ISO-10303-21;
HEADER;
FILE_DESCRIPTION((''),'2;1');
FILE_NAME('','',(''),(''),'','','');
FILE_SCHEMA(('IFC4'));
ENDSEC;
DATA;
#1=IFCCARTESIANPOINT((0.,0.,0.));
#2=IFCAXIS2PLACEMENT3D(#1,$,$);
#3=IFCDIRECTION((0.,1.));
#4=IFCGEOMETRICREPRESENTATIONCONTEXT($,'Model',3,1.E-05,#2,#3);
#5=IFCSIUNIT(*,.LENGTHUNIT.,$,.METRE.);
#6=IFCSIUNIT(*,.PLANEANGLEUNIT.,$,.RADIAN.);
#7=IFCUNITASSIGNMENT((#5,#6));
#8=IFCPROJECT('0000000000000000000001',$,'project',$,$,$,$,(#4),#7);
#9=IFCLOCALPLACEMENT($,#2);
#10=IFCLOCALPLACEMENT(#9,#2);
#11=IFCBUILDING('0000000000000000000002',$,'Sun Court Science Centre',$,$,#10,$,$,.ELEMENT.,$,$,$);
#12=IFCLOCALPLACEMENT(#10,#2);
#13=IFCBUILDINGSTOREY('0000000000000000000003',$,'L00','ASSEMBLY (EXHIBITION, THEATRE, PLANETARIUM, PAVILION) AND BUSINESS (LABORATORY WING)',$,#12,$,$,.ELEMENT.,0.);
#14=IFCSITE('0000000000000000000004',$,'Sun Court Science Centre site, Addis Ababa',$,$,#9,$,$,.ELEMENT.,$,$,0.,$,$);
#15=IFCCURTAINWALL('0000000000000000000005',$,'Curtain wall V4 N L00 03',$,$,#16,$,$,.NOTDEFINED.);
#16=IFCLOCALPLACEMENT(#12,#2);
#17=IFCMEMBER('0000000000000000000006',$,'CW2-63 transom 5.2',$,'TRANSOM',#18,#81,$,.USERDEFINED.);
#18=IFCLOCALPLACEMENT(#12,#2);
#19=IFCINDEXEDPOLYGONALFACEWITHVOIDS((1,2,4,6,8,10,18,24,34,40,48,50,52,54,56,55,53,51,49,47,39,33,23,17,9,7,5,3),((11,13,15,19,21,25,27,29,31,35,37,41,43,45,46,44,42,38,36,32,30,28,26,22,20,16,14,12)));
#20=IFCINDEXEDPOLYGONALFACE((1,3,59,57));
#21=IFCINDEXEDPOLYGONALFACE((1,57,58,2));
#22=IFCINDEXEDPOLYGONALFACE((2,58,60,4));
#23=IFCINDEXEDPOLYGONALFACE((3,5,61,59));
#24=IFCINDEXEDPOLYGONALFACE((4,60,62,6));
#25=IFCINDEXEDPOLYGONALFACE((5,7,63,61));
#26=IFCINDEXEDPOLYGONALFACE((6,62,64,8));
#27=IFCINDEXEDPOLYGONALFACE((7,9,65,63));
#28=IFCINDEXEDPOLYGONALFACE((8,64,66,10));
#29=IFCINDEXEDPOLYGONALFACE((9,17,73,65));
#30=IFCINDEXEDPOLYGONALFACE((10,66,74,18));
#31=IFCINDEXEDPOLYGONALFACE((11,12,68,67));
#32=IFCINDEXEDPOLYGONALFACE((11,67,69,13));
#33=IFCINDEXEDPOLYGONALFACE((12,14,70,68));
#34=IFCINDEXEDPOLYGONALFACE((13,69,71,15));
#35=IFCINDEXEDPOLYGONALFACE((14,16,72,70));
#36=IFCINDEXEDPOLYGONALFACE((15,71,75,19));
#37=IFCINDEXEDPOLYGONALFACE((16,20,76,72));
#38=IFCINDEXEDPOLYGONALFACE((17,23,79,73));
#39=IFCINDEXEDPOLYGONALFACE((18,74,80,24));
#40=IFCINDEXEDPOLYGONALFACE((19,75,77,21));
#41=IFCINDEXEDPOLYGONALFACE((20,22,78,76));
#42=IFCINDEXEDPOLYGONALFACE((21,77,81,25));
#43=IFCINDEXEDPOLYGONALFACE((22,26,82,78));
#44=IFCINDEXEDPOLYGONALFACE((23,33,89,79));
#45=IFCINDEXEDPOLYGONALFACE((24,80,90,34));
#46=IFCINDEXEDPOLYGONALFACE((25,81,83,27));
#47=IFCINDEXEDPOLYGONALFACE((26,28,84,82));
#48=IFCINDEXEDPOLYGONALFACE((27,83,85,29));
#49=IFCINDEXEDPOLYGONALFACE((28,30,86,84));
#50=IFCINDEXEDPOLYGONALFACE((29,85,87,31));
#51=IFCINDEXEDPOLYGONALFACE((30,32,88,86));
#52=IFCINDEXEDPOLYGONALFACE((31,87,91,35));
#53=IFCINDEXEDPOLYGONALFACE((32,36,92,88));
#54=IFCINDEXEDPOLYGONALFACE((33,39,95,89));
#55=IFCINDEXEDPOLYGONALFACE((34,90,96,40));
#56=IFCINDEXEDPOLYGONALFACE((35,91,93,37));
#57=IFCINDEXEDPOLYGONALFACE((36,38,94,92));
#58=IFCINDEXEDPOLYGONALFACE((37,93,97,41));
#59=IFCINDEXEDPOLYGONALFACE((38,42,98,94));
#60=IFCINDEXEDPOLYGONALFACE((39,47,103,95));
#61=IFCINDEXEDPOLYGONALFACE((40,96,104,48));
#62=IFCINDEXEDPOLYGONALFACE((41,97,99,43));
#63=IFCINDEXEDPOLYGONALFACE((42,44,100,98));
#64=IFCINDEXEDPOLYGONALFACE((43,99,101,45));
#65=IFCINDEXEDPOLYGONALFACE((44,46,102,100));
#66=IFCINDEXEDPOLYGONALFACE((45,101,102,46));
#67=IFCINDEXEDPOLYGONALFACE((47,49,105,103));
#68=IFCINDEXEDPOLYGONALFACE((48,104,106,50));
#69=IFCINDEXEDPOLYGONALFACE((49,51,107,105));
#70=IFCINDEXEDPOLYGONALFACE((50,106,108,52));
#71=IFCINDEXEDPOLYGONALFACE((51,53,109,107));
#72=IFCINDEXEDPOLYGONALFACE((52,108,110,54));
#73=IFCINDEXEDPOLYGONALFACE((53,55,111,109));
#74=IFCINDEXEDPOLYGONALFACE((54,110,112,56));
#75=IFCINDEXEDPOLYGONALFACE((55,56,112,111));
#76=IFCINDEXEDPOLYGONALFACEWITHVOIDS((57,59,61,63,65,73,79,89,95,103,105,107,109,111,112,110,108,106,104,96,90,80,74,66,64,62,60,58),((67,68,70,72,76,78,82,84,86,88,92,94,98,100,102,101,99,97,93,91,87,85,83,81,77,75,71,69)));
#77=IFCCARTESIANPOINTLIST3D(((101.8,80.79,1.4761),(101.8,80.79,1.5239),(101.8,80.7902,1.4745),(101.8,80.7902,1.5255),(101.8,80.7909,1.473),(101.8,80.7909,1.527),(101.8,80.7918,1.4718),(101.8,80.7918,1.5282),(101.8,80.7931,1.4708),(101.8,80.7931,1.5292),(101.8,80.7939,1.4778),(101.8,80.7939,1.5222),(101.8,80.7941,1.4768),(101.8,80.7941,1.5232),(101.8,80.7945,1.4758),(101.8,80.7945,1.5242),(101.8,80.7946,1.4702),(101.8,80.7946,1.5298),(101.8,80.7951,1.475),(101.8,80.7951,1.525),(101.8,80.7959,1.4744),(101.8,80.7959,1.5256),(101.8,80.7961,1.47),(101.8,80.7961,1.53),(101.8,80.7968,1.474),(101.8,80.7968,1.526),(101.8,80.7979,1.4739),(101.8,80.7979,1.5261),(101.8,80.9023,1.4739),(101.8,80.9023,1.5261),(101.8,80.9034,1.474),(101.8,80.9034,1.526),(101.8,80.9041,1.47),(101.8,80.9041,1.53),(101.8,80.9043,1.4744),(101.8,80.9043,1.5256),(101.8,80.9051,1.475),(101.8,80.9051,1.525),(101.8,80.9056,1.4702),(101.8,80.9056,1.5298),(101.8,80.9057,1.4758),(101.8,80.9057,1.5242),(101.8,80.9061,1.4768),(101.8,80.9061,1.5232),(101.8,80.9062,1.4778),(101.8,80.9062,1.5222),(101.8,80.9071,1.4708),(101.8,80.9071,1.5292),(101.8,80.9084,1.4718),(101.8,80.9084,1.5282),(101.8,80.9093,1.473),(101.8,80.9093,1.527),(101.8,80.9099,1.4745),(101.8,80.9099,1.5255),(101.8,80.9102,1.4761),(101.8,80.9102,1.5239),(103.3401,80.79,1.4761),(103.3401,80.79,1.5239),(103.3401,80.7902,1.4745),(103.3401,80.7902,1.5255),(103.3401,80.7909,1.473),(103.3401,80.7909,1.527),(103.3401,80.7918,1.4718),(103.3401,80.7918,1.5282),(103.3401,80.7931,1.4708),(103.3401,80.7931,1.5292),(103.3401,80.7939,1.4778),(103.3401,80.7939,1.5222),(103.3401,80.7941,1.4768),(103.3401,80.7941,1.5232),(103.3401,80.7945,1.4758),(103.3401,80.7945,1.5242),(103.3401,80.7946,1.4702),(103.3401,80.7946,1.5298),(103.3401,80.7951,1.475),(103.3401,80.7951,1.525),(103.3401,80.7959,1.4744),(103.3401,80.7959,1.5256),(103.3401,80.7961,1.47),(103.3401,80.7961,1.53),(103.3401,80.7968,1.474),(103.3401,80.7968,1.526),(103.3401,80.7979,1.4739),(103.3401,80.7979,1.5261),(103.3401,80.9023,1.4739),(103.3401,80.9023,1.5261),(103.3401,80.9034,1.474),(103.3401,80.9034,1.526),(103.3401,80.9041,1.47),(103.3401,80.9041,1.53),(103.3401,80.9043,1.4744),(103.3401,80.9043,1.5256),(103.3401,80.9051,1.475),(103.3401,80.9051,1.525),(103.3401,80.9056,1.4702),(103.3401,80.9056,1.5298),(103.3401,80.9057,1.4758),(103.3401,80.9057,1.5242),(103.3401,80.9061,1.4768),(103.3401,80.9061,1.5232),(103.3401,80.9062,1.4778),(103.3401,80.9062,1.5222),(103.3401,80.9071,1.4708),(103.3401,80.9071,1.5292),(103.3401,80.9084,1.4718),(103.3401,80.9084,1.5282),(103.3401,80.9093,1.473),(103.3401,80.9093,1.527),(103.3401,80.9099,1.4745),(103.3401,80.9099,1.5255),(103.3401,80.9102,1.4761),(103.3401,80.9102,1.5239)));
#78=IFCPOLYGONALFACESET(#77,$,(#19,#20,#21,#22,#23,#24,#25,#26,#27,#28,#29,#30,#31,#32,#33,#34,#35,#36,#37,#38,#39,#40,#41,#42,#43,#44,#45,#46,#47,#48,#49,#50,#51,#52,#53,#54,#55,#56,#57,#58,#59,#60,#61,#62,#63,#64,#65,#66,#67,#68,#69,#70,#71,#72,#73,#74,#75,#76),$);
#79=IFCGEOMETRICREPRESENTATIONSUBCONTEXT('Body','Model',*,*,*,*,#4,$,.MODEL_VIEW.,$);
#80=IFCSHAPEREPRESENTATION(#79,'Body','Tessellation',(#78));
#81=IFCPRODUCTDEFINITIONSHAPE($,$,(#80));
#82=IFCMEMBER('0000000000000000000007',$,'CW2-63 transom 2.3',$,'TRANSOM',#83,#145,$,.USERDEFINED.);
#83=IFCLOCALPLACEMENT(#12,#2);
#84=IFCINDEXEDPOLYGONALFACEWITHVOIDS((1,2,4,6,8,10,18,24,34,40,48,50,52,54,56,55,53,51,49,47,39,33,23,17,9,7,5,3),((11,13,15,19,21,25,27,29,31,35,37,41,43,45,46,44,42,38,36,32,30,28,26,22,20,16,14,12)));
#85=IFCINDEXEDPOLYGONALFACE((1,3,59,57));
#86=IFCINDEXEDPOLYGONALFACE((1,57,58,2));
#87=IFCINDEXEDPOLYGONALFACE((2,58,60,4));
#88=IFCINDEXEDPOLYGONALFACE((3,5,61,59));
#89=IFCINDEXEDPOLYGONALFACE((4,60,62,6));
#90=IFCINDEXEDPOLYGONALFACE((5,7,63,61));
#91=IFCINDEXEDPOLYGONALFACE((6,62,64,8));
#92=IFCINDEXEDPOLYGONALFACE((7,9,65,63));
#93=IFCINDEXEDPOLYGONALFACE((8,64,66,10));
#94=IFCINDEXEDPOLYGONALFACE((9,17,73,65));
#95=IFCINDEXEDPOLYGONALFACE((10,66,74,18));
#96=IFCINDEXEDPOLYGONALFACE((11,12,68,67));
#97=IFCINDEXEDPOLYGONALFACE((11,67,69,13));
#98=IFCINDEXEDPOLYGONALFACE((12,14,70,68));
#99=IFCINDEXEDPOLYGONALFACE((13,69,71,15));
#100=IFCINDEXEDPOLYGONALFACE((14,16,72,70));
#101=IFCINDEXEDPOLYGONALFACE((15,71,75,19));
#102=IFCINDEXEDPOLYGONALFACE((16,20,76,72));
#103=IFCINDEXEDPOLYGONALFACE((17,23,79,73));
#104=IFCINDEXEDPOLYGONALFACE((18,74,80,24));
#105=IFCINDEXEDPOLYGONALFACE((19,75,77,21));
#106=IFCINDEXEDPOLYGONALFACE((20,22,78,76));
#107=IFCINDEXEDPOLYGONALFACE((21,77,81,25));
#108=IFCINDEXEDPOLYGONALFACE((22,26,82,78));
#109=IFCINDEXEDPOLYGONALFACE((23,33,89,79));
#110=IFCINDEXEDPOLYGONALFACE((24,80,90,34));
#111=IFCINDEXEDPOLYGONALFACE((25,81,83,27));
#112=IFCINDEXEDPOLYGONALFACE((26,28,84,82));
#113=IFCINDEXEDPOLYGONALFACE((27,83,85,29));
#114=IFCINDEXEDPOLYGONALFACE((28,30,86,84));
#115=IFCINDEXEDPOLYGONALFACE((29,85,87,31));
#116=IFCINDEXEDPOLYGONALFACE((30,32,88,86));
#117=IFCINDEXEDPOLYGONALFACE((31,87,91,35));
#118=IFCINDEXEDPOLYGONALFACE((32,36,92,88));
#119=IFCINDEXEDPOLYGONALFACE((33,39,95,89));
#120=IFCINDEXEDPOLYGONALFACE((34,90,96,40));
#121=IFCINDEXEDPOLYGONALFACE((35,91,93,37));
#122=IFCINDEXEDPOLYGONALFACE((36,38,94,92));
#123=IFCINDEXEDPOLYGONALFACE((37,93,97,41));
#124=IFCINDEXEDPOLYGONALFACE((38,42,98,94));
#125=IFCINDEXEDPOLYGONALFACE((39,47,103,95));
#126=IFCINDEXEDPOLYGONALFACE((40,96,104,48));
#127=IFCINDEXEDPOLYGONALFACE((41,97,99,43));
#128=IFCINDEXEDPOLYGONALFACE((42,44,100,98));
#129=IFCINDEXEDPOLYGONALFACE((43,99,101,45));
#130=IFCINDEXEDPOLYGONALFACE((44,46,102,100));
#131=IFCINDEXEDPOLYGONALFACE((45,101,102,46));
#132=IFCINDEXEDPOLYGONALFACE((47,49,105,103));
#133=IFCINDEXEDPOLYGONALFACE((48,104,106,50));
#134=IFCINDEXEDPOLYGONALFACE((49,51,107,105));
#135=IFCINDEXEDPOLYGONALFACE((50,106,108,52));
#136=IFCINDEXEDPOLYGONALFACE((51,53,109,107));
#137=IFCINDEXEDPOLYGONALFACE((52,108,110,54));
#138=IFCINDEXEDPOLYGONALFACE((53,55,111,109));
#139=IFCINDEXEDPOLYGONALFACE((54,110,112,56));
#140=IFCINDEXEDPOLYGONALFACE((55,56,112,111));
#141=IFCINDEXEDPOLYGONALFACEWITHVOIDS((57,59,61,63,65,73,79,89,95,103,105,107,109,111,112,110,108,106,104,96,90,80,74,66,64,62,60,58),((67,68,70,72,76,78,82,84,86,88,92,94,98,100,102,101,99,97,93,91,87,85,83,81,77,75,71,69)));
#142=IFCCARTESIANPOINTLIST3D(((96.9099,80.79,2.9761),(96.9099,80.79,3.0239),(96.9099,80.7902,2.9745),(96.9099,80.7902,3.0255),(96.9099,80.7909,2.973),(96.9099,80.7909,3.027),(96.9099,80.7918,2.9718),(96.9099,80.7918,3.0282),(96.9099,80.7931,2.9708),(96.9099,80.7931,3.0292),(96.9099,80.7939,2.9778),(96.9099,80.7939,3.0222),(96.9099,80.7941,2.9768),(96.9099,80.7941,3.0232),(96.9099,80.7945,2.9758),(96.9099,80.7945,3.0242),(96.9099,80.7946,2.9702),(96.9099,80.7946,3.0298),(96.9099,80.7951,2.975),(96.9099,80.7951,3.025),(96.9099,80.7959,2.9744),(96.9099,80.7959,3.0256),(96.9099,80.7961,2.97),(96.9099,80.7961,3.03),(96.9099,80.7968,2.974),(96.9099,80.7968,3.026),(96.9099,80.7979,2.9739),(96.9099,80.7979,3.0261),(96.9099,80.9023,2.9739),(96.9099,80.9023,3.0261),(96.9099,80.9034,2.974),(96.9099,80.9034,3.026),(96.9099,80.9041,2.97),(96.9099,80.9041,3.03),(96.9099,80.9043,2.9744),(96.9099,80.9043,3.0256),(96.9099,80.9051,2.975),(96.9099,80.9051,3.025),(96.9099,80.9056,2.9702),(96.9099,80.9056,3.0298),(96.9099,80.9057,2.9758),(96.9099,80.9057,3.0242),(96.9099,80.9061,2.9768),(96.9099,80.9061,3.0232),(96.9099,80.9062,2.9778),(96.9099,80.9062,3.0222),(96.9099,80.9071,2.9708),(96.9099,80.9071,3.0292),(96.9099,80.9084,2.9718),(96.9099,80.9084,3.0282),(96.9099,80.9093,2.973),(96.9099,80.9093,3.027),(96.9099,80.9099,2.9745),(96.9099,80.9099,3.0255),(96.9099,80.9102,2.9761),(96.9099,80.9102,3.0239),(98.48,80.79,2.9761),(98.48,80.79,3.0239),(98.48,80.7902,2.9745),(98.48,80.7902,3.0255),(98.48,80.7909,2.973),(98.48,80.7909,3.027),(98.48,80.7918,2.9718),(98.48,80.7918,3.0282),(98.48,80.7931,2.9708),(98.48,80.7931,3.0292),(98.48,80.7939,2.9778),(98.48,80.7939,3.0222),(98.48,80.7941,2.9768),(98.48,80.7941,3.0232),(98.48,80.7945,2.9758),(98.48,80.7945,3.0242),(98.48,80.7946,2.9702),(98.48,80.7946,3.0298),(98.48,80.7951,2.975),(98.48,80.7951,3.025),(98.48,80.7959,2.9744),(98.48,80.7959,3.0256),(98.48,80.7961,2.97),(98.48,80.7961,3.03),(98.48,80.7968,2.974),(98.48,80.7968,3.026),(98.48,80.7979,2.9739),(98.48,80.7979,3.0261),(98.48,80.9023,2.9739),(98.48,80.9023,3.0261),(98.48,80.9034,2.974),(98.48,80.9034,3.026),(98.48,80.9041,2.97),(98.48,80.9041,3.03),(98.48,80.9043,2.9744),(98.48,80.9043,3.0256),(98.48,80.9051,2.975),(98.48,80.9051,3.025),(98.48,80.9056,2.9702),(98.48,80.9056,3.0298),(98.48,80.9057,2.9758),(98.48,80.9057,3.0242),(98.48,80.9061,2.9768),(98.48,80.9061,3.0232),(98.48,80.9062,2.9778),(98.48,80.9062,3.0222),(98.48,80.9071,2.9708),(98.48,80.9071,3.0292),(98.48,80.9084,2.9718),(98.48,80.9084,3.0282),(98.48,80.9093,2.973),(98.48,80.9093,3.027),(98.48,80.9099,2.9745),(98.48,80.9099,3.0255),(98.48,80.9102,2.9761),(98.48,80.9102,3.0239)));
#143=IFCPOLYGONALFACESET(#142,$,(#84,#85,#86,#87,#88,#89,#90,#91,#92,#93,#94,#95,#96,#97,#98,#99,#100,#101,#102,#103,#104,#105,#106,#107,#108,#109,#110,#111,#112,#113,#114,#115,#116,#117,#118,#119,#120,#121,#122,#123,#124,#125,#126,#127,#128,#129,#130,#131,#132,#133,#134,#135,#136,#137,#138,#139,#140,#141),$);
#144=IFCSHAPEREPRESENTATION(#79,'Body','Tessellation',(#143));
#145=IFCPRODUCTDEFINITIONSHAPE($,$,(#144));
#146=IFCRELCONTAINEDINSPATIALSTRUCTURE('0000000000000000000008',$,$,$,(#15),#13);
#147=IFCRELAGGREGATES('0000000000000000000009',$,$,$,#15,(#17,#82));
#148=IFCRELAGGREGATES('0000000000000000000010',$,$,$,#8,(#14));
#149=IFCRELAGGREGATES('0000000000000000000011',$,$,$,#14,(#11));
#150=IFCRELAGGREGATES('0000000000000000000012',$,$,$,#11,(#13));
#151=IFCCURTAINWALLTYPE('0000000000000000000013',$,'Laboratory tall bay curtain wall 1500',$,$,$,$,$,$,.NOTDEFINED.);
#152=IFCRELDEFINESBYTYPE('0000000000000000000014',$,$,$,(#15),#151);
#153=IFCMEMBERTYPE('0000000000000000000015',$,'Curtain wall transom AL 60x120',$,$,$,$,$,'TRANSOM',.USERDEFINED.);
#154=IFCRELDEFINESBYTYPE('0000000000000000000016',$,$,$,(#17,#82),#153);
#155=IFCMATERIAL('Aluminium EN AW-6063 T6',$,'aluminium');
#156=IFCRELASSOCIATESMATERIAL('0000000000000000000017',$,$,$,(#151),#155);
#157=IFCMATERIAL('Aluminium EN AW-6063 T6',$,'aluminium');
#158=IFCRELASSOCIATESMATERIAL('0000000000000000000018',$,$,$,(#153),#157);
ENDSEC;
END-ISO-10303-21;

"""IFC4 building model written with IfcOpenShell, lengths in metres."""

from ifc_helpers import new_model, si_unit, direction, frame, origin, origin_2d, place, context, subcontext, project, spatial, hollow_rectangle, extrude, material, material_profile, profile_set, type_object, element, aggregate, save


model = new_model("IFC4")

# Units and contexts
model_context = context("Model", 3, precision=1e-05, world=origin(), true_north=direction((0.0, 1.0)))
body_context = subcontext(model_context, "Body", "Model", "MODEL_VIEW")
ifc_project = project(units=[si_unit("LENGTHUNIT", "METRE"), si_unit("PLANEANGLEUNIT", "RADIAN")], contexts=[model_context])

# Site, building, storey
site_placement = place(None, origin())
site = spatial("IfcSite", under=ifc_project, at=site_placement, Name="Sun Court Science Centre site, Addis Ababa", CompositionType="ELEMENT", RefElevation=0.0)
building_placement = place(site_placement, origin())
building = spatial("IfcBuilding", under=site, at=building_placement, Name="Sun Court Science Centre", CompositionType="ELEMENT")
storey_placement = place(building_placement, origin())
storey = spatial("IfcBuildingStorey", under=building, at=storey_placement, Name="L00", Description="ASSEMBLY (EXHIBITION, THEATRE, PLANETARIUM, PAVILION) AND BUSINESS (LABORATORY WING)", CompositionType="ELEMENT", Elevation=0.0)

# Curtain wall, members
ifc_material_1 = material(Name="Aluminium EN AW-6063 T6", Category="aluminium")
curtain_wall_type = type_object("IfcCurtainWallType", Name="Laboratory tall bay curtain wall 1500", PredefinedType="NOTDEFINED", material=ifc_material_1)
curtain_wall_placement = place(storey_placement, origin())
curtain_wall = element("IfcCurtainWall", 1, at=curtain_wall_placement, inside=storey, type_object=curtain_wall_type, Name="Curtain wall V4 N L00 03", PredefinedType="NOTDEFINED")
ifc_material_2 = material(Name="Aluminium EN AW-6063 T6", Category="aluminium")
ifc_material_profile_1 = material_profile(ifc_material_2, hollow_rectangle(XDim=0.0601, YDim=0.1201, WallThickness=0.0039, InnerFilletRadius=0.0039, OuterFilletRadius=0.0061, at=origin_2d()), Name="AL 60x120x4")
ifc_profile_set_1 = profile_set([ifc_material_profile_1], Name="Aluminium EN AW-6063 T6")
member_type_1 = type_object("IfcMemberType", Name="Curtain wall transom AL 60x120", ElementType="TRANSOM", PredefinedType="USERDEFINED", material=ifc_profile_set_1)
member_1_placement = place(storey_placement, frame((101.8, 80.8501, 1.5), z_axis=(1.0, 0.0, 0.0), x_axis=(0.0, 0.0, 1.0)))
member_1 = element("IfcMember", 2, at=member_1_placement, type_object=member_type_1, Name="CW2-63 transom 5.2", ObjectType="TRANSOM", PredefinedType="USERDEFINED", context=body_context, shape_type="SweptSolid", body=[
    extrude(hollow_rectangle(XDim=0.0601, YDim=0.1201, WallThickness=0.0039, InnerFilletRadius=0.0039, OuterFilletRadius=0.0061, at=origin_2d()), origin(), (0.0, 0.0, 1.0), 1.54),
])
member_2_placement = place(storey_placement, frame((96.9099, 80.8501, 3.0), z_axis=(1.0, 0.0, 0.0), x_axis=(0.0, 0.0, 1.0)))
member_2 = element("IfcMember", 3, at=member_2_placement, type_object=member_type_1, Name="CW2-63 transom 2.3", ObjectType="TRANSOM", PredefinedType="USERDEFINED", context=body_context, shape_type="SweptSolid", body=[
    extrude(hollow_rectangle(XDim=0.0601, YDim=0.1201, WallThickness=0.0039, InnerFilletRadius=0.0039, OuterFilletRadius=0.0061, at=origin_2d()), origin(), (0.0, 0.0, 1.0), 1.5701),
])
aggregate(curtain_wall, [member_1, member_2])

save(model, "model.ifc")
